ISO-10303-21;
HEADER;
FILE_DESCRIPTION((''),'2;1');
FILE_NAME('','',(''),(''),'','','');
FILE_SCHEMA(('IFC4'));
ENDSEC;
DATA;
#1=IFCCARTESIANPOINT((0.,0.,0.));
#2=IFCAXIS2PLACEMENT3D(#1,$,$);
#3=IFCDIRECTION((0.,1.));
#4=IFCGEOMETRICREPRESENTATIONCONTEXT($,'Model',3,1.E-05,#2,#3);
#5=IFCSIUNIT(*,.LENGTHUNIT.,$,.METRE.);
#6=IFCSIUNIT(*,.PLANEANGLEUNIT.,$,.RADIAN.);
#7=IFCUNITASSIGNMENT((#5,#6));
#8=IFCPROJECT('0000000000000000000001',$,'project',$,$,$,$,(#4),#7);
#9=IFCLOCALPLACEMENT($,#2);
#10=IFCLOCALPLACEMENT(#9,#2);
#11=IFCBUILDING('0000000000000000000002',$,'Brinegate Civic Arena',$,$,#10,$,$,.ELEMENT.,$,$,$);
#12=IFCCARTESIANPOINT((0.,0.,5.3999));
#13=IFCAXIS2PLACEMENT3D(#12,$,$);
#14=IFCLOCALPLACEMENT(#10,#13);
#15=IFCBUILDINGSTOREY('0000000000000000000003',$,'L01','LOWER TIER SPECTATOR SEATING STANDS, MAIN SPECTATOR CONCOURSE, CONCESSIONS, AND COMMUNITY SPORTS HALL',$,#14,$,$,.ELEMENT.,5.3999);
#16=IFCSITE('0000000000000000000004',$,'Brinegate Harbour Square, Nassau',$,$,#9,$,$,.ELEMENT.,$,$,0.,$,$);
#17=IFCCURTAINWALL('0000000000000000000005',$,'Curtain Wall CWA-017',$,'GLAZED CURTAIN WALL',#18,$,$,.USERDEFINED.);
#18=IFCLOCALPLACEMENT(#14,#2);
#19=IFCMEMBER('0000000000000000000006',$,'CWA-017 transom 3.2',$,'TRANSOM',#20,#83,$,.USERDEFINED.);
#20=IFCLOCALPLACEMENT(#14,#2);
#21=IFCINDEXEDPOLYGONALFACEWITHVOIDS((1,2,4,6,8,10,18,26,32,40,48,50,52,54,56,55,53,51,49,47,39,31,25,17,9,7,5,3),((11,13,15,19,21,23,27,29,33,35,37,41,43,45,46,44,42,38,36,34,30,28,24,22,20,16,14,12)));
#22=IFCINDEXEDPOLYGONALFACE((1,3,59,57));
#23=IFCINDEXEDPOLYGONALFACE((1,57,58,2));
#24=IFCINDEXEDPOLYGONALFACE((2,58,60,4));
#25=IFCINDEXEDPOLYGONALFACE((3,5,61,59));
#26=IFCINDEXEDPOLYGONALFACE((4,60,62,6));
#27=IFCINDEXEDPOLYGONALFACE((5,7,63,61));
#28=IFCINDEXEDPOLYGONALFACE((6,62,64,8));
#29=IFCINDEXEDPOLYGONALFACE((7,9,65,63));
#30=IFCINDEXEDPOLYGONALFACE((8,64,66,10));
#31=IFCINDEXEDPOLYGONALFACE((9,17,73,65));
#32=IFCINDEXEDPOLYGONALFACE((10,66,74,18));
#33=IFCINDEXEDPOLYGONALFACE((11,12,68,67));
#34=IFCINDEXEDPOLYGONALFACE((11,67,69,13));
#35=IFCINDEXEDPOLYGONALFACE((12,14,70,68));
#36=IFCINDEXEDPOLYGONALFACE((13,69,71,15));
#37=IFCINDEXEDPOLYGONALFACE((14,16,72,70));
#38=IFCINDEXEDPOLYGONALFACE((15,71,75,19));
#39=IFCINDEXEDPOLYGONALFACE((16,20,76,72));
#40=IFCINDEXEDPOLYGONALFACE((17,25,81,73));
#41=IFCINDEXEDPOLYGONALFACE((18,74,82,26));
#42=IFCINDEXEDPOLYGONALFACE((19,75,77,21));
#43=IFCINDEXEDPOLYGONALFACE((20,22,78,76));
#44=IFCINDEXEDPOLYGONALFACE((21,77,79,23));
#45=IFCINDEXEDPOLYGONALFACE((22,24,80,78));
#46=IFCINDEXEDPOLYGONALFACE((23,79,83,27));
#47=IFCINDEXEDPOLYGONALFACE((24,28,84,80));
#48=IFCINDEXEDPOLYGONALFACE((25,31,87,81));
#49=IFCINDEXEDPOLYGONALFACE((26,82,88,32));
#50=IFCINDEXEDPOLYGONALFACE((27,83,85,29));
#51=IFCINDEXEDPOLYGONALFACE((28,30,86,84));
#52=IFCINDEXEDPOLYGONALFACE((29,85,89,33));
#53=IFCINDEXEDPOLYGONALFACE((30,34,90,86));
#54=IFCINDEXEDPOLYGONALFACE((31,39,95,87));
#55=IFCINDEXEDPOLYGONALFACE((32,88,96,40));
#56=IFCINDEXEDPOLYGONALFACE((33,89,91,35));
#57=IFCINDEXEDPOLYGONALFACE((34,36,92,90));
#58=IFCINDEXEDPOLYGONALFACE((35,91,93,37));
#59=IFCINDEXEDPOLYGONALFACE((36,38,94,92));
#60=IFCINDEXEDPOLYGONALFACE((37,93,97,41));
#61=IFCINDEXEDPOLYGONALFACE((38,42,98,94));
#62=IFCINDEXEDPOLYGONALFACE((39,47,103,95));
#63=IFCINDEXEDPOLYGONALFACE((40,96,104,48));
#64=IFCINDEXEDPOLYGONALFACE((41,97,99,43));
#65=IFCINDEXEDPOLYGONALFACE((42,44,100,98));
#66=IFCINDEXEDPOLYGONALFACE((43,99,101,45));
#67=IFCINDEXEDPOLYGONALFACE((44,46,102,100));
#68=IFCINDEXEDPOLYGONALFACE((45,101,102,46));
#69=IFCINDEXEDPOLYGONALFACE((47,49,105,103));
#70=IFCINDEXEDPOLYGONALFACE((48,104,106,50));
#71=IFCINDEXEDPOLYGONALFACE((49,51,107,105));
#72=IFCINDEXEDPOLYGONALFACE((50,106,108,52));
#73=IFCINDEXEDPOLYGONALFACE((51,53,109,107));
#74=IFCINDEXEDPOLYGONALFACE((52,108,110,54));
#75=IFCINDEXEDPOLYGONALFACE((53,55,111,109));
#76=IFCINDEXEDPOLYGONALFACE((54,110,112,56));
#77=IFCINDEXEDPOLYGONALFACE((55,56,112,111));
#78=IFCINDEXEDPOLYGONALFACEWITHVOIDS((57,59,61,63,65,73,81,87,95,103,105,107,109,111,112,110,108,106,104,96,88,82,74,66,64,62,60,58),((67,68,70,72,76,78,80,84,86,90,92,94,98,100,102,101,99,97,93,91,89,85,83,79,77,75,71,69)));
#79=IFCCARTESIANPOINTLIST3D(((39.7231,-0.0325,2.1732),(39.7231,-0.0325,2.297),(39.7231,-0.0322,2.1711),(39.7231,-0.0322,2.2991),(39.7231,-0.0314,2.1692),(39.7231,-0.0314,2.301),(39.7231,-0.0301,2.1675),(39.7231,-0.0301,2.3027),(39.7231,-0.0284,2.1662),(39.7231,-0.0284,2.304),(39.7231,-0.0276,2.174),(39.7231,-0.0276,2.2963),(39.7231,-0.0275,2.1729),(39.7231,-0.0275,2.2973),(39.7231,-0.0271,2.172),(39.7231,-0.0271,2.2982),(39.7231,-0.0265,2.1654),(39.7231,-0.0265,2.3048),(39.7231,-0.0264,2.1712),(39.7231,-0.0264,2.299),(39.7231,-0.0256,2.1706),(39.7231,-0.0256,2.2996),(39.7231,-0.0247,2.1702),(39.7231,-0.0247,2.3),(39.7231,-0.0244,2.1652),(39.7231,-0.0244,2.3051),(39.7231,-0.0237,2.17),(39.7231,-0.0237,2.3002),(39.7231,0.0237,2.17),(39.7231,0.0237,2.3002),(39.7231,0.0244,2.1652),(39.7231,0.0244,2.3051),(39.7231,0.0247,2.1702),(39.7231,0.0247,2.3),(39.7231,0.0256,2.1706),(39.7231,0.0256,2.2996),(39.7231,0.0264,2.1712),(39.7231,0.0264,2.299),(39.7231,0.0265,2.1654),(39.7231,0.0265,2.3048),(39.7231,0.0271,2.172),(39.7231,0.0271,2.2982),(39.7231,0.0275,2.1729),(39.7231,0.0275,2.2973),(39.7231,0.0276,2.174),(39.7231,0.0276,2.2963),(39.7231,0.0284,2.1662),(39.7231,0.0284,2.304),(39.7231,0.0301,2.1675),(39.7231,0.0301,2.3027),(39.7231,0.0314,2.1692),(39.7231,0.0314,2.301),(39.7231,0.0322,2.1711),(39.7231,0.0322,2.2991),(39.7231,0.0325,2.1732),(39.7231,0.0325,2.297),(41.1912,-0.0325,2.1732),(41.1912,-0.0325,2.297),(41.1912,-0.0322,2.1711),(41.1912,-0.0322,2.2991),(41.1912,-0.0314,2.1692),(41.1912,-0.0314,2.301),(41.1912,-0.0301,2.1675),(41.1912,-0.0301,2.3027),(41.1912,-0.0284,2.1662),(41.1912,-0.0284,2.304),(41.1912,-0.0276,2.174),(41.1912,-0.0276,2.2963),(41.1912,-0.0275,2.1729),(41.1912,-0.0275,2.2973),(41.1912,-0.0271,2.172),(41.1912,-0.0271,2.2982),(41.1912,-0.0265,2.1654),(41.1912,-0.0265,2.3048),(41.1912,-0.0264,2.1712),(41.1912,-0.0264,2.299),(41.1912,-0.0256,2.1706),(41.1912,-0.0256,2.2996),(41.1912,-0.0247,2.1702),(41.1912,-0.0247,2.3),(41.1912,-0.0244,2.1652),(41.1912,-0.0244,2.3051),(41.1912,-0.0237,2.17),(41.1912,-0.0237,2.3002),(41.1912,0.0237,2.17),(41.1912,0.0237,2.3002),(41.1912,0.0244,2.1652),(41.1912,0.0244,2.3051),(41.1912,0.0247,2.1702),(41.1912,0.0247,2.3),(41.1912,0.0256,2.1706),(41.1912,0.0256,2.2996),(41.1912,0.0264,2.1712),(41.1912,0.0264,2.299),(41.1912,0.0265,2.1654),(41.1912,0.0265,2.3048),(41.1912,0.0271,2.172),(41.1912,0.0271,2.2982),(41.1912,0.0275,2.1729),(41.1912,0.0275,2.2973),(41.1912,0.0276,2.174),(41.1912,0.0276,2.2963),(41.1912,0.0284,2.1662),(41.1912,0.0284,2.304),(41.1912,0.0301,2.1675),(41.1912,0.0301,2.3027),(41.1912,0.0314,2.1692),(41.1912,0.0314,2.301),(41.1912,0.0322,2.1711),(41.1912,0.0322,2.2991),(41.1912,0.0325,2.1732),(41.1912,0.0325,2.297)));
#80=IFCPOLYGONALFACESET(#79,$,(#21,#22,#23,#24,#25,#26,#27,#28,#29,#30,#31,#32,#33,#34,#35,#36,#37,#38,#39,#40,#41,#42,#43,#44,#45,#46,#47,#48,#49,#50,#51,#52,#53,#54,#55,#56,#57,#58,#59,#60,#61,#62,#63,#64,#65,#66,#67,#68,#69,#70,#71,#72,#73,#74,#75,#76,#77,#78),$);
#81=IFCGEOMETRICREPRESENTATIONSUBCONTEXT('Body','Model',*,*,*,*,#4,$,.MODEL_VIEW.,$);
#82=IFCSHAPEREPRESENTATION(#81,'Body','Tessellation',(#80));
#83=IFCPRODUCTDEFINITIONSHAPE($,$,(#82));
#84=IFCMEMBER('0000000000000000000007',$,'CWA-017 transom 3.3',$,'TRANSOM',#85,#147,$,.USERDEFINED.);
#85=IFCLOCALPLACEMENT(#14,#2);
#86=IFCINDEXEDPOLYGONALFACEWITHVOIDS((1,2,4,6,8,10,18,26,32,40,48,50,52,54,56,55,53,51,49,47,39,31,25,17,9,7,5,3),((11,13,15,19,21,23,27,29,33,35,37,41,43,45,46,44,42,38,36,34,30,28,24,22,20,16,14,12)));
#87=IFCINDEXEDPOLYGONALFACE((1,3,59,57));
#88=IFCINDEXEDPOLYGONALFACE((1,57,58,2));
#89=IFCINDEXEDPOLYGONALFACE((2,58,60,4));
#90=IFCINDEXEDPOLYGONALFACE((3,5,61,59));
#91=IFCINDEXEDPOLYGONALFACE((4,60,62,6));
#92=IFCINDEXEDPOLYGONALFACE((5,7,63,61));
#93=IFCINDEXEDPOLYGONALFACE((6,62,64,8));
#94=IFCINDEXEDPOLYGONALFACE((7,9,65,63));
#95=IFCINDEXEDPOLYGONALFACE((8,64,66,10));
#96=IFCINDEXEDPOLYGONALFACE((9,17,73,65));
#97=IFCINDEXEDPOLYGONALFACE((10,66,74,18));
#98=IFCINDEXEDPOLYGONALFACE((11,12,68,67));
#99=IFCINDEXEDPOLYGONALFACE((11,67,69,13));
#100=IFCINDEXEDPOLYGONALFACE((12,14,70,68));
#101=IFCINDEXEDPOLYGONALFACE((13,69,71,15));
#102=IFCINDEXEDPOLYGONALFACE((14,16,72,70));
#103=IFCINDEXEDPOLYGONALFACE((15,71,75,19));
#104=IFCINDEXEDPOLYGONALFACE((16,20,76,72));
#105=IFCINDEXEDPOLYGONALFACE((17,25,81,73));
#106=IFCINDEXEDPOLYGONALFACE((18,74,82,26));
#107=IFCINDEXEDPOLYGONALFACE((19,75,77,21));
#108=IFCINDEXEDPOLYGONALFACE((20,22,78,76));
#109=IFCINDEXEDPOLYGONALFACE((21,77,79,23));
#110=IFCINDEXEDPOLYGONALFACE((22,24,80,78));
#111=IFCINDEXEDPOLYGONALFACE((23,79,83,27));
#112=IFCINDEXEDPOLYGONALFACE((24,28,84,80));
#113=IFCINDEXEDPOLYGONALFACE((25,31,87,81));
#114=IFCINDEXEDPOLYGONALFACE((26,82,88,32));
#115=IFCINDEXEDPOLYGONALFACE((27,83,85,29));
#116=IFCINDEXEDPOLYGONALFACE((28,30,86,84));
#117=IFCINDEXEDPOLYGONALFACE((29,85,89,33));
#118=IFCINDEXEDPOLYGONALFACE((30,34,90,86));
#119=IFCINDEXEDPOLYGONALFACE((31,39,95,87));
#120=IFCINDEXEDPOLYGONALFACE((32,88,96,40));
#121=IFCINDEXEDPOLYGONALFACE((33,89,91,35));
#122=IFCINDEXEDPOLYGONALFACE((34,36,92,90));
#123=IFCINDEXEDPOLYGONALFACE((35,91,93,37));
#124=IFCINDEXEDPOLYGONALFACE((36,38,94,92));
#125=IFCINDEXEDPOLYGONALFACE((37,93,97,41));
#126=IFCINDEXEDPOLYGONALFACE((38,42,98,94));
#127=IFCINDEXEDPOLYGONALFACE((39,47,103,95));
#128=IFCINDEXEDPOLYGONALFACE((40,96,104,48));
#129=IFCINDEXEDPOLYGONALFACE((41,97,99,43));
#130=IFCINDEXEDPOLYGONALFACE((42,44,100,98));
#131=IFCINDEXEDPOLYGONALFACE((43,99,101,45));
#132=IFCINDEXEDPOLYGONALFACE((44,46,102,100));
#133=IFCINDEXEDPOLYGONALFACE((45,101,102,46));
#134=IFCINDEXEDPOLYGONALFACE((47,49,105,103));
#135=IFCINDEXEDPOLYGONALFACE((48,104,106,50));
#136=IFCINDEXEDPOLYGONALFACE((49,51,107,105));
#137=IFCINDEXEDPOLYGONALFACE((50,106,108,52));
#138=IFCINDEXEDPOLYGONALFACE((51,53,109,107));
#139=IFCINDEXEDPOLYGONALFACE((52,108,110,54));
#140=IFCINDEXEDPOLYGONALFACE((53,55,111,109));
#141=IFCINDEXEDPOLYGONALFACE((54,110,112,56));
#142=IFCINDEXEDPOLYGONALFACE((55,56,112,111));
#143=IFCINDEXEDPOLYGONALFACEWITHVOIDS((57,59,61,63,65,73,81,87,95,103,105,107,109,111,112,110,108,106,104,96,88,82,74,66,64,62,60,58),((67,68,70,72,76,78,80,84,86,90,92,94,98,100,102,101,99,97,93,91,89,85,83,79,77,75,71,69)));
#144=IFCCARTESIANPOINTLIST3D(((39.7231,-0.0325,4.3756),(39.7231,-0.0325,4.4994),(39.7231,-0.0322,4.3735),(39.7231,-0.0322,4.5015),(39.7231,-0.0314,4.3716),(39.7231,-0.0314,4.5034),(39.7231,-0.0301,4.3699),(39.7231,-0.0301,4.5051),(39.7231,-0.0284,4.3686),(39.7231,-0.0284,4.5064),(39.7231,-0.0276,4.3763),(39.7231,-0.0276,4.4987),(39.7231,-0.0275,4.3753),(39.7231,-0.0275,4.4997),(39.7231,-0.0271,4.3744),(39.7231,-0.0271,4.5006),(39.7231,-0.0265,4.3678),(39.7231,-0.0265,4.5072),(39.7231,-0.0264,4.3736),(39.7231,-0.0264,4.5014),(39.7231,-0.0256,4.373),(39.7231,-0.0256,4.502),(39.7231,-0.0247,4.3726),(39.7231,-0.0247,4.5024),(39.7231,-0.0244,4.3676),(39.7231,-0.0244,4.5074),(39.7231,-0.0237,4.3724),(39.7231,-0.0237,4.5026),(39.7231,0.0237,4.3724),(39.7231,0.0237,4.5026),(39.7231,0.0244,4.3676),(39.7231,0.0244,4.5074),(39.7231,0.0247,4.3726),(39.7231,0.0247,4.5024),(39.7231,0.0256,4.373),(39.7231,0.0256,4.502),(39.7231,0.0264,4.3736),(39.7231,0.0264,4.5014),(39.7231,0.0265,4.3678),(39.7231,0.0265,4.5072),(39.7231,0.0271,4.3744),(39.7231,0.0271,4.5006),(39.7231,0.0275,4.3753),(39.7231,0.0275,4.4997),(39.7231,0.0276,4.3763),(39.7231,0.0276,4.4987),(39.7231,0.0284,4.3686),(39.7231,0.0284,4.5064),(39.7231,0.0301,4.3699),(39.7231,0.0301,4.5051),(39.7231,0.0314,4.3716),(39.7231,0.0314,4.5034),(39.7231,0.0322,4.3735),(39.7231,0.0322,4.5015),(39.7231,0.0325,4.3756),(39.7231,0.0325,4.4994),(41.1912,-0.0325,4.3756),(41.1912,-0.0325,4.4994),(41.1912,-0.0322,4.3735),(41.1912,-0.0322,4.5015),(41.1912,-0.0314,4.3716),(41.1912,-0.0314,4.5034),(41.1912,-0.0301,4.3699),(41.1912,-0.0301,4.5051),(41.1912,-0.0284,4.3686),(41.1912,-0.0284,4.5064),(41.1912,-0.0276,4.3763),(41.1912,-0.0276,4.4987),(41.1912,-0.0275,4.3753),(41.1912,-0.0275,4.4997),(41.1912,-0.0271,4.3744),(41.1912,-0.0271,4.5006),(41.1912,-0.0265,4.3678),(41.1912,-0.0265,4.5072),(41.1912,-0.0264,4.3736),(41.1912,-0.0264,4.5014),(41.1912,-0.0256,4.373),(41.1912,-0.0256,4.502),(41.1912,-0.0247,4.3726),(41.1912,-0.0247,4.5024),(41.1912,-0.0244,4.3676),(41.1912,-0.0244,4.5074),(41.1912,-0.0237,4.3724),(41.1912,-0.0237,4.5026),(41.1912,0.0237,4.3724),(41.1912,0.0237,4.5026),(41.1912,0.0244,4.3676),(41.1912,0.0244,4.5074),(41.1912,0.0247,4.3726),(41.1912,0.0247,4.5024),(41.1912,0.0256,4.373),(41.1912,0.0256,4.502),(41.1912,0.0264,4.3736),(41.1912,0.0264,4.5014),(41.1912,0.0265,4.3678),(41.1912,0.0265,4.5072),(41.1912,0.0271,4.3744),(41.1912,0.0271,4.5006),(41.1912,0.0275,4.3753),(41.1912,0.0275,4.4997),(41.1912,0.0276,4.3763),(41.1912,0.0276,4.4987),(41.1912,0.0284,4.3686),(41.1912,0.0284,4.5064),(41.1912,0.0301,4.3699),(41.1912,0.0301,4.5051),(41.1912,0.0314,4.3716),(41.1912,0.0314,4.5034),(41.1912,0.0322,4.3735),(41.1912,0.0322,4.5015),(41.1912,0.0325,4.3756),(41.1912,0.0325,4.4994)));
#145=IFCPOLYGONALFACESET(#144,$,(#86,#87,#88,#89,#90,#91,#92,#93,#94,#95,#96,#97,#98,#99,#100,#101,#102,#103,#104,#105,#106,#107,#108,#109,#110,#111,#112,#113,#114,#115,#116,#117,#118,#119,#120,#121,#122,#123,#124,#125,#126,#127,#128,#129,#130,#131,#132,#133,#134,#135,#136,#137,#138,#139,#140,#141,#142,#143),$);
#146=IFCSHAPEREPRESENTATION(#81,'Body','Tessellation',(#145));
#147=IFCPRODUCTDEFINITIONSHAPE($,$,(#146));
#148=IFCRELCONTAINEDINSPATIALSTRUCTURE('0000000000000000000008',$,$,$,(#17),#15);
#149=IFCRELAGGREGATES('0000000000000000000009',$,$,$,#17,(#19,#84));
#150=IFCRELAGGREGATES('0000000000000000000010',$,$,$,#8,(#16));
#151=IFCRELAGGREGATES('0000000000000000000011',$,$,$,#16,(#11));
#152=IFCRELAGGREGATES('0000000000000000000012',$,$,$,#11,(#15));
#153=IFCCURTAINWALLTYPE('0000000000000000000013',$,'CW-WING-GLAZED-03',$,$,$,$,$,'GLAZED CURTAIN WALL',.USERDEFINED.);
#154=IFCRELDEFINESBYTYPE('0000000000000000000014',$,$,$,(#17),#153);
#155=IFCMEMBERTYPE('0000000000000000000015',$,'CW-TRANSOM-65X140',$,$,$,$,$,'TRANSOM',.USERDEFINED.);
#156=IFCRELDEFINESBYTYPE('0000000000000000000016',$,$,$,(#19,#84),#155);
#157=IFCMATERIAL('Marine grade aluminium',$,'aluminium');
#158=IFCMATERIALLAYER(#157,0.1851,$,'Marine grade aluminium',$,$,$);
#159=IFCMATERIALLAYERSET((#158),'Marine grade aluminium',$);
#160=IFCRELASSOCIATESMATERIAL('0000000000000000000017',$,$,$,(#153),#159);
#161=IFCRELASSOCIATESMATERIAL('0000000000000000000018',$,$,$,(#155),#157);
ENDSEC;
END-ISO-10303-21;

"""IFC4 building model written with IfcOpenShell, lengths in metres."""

from ifc_helpers import new_model, si_unit, direction, frame, origin, origin_2d, place, context, subcontext, project, spatial, hollow_rectangle, extrude, material, layer, layer_set, material_profile, profile_set, type_object, element, aggregate, save


model = new_model("IFC4")

# Units and contexts
model_context = context("Model", 3, precision=1e-05, world=origin(), true_north=direction((0.0, 1.0)))
body_context = subcontext(model_context, "Body", "Model", "MODEL_VIEW")
ifc_project = project(units=[si_unit("LENGTHUNIT", "METRE"), si_unit("PLANEANGLEUNIT", "RADIAN")], contexts=[model_context])

# Site, building, storey
site_placement = place(None, origin())
site = spatial("IfcSite", under=ifc_project, at=site_placement, Name="Brinegate Harbour Square, Nassau", CompositionType="ELEMENT", RefElevation=0.0)
building_placement = place(site_placement, origin())
building = spatial("IfcBuilding", under=site, at=building_placement, Name="Brinegate Civic Arena", CompositionType="ELEMENT")
storey_placement = place(building_placement, frame((0.0, 0.0, 5.3999)))
storey = spatial("IfcBuildingStorey", under=building, at=storey_placement, Name="L01", Description="LOWER TIER SPECTATOR SEATING STANDS, MAIN SPECTATOR CONCOURSE, CONCESSIONS, AND COMMUNITY SPORTS HALL", CompositionType="ELEMENT", Elevation=5.3999)

# Curtain wall, members
ifc_material_1 = material(Name="Marine grade aluminium", Category="aluminium")
ifc_layer_1 = layer(ifc_material_1, 0.1851, Name="Marine grade aluminium")
ifc_layer_set_1 = layer_set([ifc_layer_1], Name="Marine grade aluminium")
curtain_wall_type = type_object("IfcCurtainWallType", Name="CW-WING-GLAZED-03", ElementType="GLAZED CURTAIN WALL", PredefinedType="USERDEFINED", material=ifc_layer_set_1)
curtain_wall_placement = place(storey_placement, origin())
curtain_wall = element("IfcCurtainWall", 1, at=curtain_wall_placement, inside=storey, type_object=curtain_wall_type, Name="Curtain Wall CWA-017", ObjectType="GLAZED CURTAIN WALL", PredefinedType="USERDEFINED")
ifc_material_profile_1 = material_profile(ifc_material_1, hollow_rectangle(XDim=0.0649, YDim=0.1399, WallThickness=0.0049, InnerFilletRadius=0.0039, OuterFilletRadius=0.0081, at=origin_2d()), Name="TRN65X140")
ifc_profile_set_1 = profile_set([ifc_material_profile_1], Name="Marine grade aluminium")
member_type_1 = type_object("IfcMemberType", Name="CW-TRANSOM-65X140", ElementType="TRANSOM", PredefinedType="USERDEFINED", material=ifc_profile_set_1)
member_1_placement = place(storey_placement, frame((39.7231, 0.0, 2.2351), z_axis=(1.0, 0.0, 0.0), x_axis=(0.0, 1.0, 0.0)))
member_1 = element("IfcMember", 2, at=member_1_placement, type_object=member_type_1, Name="CWA-017 transom 3.2", ObjectType="TRANSOM", PredefinedType="USERDEFINED", context=body_context, shape_type="SweptSolid", body=[
    extrude(hollow_rectangle(XDim=0.0649, YDim=0.1399, WallThickness=0.0049, InnerFilletRadius=0.0039, OuterFilletRadius=0.0081, at=origin_2d()), origin(), (0.0, 0.0, 1.0), 1.468),
])
member_2_placement = place(storey_placement, frame((39.7231, 0.0, 4.4375), z_axis=(1.0, 0.0, 0.0), x_axis=(0.0, 1.0, 0.0)))
member_2 = element("IfcMember", 3, at=member_2_placement, type_object=member_type_1, Name="CWA-017 transom 3.3", ObjectType="TRANSOM", PredefinedType="USERDEFINED", context=body_context, shape_type="SweptSolid", body=[
    extrude(hollow_rectangle(XDim=0.0649, YDim=0.1399, WallThickness=0.0049, InnerFilletRadius=0.0039, OuterFilletRadius=0.0081, at=origin_2d()), origin(), (0.0, 0.0, 1.0), 1.468),
])
aggregate(curtain_wall, [member_1, member_2])

save(model, "model.ifc")
